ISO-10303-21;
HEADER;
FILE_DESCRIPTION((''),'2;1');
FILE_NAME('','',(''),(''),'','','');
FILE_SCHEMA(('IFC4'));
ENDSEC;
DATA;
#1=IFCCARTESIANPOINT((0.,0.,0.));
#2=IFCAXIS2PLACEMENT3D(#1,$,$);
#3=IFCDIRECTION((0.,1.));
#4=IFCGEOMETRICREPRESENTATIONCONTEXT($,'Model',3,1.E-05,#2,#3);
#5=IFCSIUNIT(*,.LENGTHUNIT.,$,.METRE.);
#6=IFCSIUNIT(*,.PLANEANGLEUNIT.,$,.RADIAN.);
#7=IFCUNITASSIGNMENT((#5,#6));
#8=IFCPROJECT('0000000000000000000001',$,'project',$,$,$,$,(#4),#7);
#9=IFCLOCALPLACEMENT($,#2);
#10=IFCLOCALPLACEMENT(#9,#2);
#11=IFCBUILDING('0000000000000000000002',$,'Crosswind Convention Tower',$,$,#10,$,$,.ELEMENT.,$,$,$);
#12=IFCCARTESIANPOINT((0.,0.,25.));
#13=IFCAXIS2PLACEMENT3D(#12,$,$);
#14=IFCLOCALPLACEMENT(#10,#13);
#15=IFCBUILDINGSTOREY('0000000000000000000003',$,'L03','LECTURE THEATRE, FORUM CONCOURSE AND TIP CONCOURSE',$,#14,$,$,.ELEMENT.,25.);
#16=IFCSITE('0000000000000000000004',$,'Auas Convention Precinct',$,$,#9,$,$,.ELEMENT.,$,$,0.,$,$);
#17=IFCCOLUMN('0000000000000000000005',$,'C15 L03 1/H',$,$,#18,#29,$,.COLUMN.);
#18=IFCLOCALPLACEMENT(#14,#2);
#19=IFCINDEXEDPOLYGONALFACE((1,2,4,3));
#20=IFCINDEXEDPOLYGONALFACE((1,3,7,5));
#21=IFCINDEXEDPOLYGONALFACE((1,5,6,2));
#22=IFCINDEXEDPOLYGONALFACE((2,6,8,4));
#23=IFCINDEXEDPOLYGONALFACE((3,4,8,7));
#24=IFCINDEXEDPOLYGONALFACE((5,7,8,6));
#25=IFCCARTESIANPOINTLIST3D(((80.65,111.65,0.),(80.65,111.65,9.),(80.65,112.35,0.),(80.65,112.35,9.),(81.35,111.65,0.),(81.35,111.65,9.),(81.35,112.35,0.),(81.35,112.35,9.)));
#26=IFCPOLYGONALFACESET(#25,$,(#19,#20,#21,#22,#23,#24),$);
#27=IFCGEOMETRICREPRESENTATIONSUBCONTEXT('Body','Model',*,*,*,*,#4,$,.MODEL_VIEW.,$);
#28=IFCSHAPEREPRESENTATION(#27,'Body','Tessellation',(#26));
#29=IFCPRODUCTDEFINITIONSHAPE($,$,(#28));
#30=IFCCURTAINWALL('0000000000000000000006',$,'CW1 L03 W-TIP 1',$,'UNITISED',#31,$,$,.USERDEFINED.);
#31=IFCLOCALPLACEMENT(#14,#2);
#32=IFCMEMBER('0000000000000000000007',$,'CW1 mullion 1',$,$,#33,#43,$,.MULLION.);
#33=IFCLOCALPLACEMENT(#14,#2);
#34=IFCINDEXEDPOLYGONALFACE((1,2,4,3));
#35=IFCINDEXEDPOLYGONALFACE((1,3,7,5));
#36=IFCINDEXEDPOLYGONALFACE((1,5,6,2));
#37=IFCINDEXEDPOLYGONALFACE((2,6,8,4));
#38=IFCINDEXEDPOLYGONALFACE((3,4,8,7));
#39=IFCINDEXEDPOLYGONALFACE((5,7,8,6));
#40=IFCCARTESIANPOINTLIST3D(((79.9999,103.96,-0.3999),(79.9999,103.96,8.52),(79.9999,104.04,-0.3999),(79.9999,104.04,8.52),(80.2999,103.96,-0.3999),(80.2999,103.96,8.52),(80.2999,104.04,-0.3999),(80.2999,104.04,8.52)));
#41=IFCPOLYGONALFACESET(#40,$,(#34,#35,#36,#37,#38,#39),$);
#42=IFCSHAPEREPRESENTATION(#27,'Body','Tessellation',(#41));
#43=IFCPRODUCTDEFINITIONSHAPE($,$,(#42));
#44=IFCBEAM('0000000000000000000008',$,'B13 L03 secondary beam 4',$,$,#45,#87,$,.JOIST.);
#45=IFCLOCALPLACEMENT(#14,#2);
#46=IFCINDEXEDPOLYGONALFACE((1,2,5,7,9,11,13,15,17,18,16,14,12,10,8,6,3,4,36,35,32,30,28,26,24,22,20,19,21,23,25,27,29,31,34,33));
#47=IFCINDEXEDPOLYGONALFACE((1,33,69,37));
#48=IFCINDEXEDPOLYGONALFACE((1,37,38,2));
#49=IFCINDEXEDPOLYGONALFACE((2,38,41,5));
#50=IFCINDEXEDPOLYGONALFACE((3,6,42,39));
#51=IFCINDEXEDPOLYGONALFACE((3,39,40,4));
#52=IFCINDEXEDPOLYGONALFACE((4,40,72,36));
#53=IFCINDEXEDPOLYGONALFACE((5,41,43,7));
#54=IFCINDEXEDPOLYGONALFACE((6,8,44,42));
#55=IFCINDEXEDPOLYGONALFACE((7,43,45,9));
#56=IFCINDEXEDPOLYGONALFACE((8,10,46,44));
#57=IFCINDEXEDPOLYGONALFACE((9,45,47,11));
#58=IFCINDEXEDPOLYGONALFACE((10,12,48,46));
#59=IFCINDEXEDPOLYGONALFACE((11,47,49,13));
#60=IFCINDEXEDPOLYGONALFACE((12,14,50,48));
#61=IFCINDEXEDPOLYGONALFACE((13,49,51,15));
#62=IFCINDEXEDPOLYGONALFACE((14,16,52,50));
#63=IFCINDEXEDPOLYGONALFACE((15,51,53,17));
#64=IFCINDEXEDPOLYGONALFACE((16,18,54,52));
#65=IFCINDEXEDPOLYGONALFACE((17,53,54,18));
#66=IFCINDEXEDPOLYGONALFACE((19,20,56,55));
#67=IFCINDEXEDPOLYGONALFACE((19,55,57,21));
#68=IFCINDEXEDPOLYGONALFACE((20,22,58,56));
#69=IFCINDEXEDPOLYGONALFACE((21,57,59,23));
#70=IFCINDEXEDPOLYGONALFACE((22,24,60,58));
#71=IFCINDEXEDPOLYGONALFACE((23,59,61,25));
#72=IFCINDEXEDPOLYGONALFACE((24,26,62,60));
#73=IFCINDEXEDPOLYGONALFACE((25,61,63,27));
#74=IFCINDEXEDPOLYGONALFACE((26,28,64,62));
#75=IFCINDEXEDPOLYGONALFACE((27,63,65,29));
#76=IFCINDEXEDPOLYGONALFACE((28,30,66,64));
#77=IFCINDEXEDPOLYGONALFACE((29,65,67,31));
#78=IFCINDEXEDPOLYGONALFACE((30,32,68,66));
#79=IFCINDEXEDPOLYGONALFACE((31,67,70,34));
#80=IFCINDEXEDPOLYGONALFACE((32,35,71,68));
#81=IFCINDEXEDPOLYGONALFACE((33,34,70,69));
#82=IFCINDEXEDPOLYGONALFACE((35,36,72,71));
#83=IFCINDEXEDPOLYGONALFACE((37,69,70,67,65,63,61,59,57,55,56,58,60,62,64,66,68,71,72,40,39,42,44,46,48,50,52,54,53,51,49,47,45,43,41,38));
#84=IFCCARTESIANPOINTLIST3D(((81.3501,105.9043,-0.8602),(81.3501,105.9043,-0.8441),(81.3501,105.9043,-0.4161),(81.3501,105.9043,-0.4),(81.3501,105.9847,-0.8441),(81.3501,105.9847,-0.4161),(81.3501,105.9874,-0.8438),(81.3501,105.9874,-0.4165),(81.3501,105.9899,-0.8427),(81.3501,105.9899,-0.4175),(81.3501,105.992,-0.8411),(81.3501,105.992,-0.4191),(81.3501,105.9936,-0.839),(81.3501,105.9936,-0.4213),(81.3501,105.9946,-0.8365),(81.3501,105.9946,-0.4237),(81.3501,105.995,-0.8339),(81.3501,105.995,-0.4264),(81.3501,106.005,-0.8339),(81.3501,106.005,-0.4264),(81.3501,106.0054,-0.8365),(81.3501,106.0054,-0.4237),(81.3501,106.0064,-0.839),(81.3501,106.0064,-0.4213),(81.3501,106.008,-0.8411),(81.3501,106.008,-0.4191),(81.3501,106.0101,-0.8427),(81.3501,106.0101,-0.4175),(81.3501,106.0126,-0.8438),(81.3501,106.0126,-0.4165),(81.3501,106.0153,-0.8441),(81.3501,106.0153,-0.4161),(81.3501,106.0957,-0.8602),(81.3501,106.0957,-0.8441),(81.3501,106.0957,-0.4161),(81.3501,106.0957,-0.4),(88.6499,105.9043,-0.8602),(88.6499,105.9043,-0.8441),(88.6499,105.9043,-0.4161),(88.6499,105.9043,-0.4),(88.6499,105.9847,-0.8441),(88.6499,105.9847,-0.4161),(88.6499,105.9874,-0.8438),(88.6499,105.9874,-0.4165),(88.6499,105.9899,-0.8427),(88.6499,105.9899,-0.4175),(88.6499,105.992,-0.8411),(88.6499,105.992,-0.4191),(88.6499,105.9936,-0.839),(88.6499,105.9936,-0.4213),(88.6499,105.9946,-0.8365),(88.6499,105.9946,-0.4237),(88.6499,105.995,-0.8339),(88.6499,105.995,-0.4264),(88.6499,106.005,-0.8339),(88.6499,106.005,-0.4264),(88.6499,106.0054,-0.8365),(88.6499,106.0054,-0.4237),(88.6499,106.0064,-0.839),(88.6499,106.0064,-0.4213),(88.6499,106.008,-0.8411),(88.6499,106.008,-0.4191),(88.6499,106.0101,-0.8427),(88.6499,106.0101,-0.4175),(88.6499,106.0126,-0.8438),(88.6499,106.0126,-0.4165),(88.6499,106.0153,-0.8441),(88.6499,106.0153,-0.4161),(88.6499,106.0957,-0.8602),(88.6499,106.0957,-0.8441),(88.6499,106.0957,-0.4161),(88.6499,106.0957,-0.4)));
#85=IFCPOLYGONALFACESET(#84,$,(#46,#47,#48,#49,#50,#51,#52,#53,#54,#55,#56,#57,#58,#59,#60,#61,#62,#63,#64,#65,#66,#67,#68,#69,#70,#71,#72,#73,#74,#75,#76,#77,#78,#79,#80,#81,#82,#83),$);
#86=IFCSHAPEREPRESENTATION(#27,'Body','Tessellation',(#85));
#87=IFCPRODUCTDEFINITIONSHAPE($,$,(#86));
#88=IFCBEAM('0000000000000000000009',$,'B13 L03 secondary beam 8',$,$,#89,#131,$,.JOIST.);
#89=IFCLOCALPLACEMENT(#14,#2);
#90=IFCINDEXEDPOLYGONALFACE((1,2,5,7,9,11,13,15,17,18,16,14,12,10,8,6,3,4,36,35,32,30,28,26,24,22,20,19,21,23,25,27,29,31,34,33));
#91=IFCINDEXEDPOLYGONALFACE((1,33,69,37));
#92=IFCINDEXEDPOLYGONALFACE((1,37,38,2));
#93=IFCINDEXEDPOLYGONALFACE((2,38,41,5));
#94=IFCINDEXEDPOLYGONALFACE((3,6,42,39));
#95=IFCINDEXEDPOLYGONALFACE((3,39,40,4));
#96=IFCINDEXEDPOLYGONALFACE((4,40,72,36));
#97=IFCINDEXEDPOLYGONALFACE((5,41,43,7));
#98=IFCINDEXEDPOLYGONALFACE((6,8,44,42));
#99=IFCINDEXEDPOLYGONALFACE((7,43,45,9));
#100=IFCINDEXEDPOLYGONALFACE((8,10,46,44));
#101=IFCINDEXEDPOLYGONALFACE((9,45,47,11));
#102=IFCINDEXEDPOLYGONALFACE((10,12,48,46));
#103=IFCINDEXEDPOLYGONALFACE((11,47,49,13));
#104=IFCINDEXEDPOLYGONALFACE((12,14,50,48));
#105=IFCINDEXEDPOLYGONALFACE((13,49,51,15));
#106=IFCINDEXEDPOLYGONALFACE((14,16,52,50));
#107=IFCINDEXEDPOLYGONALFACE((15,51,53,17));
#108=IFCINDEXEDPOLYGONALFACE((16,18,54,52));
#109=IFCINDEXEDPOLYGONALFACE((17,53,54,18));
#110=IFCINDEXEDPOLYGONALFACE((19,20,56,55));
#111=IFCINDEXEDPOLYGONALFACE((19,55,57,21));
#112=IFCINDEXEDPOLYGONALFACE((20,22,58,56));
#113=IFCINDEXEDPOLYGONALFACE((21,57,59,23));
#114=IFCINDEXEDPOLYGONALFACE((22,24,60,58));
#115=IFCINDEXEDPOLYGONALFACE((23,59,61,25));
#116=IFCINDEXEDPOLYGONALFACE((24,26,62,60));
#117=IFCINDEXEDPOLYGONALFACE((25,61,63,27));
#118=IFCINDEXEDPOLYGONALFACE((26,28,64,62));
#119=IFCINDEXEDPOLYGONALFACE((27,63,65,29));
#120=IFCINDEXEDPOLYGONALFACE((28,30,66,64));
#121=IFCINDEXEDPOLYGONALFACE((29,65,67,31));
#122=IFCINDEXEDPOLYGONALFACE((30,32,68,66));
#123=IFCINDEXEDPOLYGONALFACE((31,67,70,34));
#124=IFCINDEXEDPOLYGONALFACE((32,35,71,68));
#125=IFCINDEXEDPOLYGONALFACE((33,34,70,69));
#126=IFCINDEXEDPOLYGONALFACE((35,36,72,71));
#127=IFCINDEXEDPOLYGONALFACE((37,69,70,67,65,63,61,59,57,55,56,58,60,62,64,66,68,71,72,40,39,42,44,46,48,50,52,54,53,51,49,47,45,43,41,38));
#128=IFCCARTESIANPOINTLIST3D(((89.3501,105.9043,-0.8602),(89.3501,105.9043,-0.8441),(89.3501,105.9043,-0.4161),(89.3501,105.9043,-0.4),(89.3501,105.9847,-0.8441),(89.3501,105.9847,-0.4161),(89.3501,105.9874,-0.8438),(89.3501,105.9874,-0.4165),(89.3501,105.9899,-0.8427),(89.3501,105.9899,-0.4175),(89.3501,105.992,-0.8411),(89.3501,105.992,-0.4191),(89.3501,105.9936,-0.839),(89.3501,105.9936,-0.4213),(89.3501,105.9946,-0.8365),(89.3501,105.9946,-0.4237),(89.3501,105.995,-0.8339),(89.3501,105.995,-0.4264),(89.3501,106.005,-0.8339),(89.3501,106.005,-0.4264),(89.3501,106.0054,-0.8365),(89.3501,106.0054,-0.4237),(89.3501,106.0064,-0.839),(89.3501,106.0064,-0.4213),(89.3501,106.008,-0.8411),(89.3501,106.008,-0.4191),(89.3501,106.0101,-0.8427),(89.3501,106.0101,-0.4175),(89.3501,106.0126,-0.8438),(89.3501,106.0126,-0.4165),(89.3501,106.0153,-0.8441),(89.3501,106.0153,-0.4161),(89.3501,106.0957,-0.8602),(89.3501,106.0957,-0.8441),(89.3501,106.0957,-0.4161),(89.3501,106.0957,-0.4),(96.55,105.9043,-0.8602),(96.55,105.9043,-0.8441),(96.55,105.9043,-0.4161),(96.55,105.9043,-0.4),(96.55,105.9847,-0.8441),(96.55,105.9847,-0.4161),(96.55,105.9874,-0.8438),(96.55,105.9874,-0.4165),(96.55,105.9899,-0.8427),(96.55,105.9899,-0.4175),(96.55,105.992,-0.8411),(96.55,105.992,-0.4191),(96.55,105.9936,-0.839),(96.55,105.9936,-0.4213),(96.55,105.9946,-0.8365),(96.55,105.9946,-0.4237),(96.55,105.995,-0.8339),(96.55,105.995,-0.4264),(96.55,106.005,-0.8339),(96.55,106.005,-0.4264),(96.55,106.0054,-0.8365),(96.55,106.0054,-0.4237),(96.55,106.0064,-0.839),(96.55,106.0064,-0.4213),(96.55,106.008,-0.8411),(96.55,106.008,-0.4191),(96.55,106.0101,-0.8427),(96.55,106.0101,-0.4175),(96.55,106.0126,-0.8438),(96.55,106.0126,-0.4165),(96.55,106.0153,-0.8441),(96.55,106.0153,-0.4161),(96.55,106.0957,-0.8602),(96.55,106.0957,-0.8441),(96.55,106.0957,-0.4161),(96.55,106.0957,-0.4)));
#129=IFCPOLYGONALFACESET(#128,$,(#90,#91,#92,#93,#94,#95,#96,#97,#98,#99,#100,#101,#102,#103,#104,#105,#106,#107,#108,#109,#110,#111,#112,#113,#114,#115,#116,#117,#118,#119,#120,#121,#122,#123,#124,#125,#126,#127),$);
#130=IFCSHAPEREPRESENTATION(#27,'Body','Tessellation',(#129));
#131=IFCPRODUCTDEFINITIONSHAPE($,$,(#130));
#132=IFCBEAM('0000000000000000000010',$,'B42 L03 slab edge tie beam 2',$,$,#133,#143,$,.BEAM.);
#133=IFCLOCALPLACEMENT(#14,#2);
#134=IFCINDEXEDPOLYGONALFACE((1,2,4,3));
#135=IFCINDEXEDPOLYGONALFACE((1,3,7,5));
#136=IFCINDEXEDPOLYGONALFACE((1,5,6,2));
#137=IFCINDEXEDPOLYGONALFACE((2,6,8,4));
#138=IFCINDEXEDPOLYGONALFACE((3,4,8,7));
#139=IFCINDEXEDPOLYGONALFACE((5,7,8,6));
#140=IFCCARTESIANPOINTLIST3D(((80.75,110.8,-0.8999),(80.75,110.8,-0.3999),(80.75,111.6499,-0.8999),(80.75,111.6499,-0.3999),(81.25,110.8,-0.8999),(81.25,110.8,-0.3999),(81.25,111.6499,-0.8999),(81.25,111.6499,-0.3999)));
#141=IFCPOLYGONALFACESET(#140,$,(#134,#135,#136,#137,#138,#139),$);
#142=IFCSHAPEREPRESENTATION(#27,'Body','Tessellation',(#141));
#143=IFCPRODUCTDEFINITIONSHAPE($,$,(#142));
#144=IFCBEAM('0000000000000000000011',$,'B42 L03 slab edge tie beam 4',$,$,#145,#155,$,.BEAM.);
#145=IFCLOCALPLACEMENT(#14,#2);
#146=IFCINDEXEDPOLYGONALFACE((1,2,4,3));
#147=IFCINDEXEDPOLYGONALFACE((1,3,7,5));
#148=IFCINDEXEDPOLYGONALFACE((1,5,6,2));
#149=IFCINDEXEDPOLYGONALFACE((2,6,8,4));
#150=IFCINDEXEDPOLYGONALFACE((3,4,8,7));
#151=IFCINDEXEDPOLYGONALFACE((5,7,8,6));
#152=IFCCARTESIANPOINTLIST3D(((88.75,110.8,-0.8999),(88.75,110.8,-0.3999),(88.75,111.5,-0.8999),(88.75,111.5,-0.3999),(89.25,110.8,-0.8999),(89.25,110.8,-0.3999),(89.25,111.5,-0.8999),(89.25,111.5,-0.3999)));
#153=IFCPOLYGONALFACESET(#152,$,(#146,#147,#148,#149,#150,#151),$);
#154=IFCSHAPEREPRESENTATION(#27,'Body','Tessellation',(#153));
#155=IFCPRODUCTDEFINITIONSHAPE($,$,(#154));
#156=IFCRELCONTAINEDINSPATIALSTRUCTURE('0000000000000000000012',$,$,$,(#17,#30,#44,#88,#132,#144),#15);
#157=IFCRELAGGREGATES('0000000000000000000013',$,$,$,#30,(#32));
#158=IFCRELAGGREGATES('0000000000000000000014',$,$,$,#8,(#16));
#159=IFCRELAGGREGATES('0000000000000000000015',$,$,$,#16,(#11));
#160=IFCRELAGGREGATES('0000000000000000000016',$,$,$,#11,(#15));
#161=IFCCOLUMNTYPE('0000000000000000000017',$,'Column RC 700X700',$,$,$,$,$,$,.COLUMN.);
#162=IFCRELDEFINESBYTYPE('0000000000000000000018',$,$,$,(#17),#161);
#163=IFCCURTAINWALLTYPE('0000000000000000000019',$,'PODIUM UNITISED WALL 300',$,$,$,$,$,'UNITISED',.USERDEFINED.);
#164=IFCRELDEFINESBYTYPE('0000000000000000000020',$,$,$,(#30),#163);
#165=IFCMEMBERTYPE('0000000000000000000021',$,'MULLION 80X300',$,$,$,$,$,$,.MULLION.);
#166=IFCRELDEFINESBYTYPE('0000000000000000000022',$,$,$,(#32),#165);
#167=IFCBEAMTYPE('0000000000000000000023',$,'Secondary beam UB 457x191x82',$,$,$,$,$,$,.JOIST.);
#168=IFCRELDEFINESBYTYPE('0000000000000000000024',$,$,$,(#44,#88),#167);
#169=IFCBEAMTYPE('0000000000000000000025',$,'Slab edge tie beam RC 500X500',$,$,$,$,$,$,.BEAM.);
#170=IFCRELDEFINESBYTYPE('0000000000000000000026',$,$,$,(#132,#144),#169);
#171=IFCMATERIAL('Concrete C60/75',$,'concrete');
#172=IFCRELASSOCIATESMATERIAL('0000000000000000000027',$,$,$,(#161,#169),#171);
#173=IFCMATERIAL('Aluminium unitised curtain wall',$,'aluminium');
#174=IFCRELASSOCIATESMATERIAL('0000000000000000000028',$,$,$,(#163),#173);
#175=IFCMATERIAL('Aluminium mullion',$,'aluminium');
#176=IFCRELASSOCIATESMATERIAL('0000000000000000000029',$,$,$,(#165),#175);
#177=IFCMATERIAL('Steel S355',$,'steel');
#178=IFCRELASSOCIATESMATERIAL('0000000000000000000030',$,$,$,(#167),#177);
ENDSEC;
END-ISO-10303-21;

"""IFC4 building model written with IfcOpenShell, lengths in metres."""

from ifc_helpers import new_model, si_unit, direction, frame, origin, origin_2d, place, context, subcontext, project, spatial, rectangle, i_section, extrude, material, material_profile, profile_set, type_object, element, aggregate, save


model = new_model("IFC4")

# Units and contexts
model_context = context("Model", 3, precision=1e-05, world=origin(), true_north=direction((0.0, 1.0)))
body_context = subcontext(model_context, "Body", "Model", "MODEL_VIEW")
ifc_project = project(units=[si_unit("LENGTHUNIT", "METRE"), si_unit("PLANEANGLEUNIT", "RADIAN")], contexts=[model_context])

# Site, building, storey
site_placement = place(None, origin())
site = spatial("IfcSite", under=ifc_project, at=site_placement, Name="Auas Convention Precinct", CompositionType="ELEMENT", RefElevation=0.0)
building_placement = place(site_placement, origin())
building = spatial("IfcBuilding", under=site, at=building_placement, Name="Crosswind Convention Tower", CompositionType="ELEMENT")
storey_placement = place(building_placement, frame((0.0, 0.0, 25.0)))
storey = spatial("IfcBuildingStorey", under=building, at=storey_placement, Name="L03", Description="LECTURE THEATRE, FORUM CONCOURSE AND TIP CONCOURSE", CompositionType="ELEMENT", Elevation=25.0)

# Column
ifc_material_1 = material(Name="Concrete C60/75", Category="concrete")
ifc_material_profile_1 = material_profile(ifc_material_1, rectangle(XDim=0.7, YDim=0.7, at=origin_2d()), Name="RC 700X700")
ifc_profile_set_1 = profile_set([ifc_material_profile_1], Name="Concrete C60/75")
column_type = type_object("IfcColumnType", Name="Column RC 700X700", PredefinedType="COLUMN", material=ifc_profile_set_1)
column_placement = place(storey_placement, frame((81.0, 112.0, 0.0), z_axis=(0.0, 0.0, 1.0), x_axis=(1.0, 0.0, 0.0)))
element("IfcColumn", 1, at=column_placement, inside=storey, type_object=column_type, Name="C15 L03 1/H", PredefinedType="COLUMN", context=body_context, shape_type="SweptSolid", body=[
    extrude(rectangle(XDim=0.7, YDim=0.7, at=origin_2d()), origin(), (0.0, 0.0, 1.0), 9.0),
])

# Curtain wall, member
ifc_material_2 = material(Name="Aluminium unitised curtain wall", Category="aluminium")
curtain_wall_type = type_object("IfcCurtainWallType", Name="PODIUM UNITISED WALL 300", ElementType="UNITISED", PredefinedType="USERDEFINED", material=ifc_material_2)
curtain_wall_placement = place(storey_placement, origin())
curtain_wall = element("IfcCurtainWall", 2, at=curtain_wall_placement, inside=storey, type_object=curtain_wall_type, Name="CW1 L03 W-TIP 1", ObjectType="UNITISED", PredefinedType="USERDEFINED")
ifc_material_3 = material(Name="Aluminium mullion", Category="aluminium")
ifc_material_profile_2 = material_profile(ifc_material_3, rectangle(XDim=0.3, YDim=0.0801, at=origin_2d()), Name="AL 300X80")
ifc_profile_set_2 = profile_set([ifc_material_profile_2], Name="Aluminium mullion")
member_type = type_object("IfcMemberType", Name="MULLION 80X300", PredefinedType="MULLION", material=ifc_profile_set_2)
member_placement = place(storey_placement, frame((80.1499, 104.0, -0.3999), z_axis=(0.0, 0.0, 1.0), x_axis=(-1.0, 0.0, 0.0)))
member = element("IfcMember", 3, at=member_placement, type_object=member_type, Name="CW1 mullion 1", PredefinedType="MULLION", context=body_context, shape_type="SweptSolid", body=[
    extrude(rectangle(XDim=0.3, YDim=0.0801, at=origin_2d()), origin(), (0.0, 0.0, 1.0), 8.9199),
])
aggregate(curtain_wall, [member])

# Beams
ifc_material_4 = material(Name="Steel S355", Category="steel")
ifc_material_profile_3 = material_profile(ifc_material_4, i_section(OverallWidth=0.1914, OverallDepth=0.4602, WebThickness=0.01, FlangeThickness=0.0161, FilletRadius=0.0103, at=origin_2d()), Name="UB 457x191x82")
ifc_profile_set_3 = profile_set([ifc_material_profile_3], Name="Steel S355")
beam_type_1 = type_object("IfcBeamType", Name="Secondary beam UB 457x191x82", PredefinedType="JOIST", material=ifc_profile_set_3)
beam_1_placement = place(storey_placement, frame((81.3501, 106.0, -0.6301), z_axis=(1.0, 0.0, 0.0), x_axis=(0.0, 1.0, 0.0)))
element("IfcBeam", 4, at=beam_1_placement, inside=storey, type_object=beam_type_1, Name="B13 L03 secondary beam 4", PredefinedType="JOIST", context=body_context, shape_type="SweptSolid", body=[
    extrude(i_section(OverallWidth=0.1914, OverallDepth=0.4602, WebThickness=0.01, FlangeThickness=0.0161, FilletRadius=0.0103, at=origin_2d()), origin(), (0.0, 0.0, 1.0), 7.2998),
])
beam_2_placement = place(storey_placement, frame((89.3501, 106.0, -0.6301), z_axis=(1.0, 0.0, 0.0), x_axis=(0.0, 1.0, 0.0)))
element("IfcBeam", 5, at=beam_2_placement, inside=storey, type_object=beam_type_1, Name="B13 L03 secondary beam 8", PredefinedType="JOIST", context=body_context, shape_type="SweptSolid", body=[
    extrude(i_section(OverallWidth=0.1914, OverallDepth=0.4602, WebThickness=0.01, FlangeThickness=0.0161, FilletRadius=0.0103, at=origin_2d()), origin(), (0.0, 0.0, 1.0), 7.2),
])
ifc_material_profile_4 = material_profile(ifc_material_1, rectangle(XDim=0.5, YDim=0.5, at=origin_2d()), Name="RC 500X500")
ifc_profile_set_4 = profile_set([ifc_material_profile_4], Name="Concrete C60/75")
beam_type_2 = type_object("IfcBeamType", Name="Slab edge tie beam RC 500X500", PredefinedType="BEAM", material=ifc_profile_set_4)
beam_3_placement = place(storey_placement, frame((81.0, 110.8, -0.6499), z_axis=(0.0, 1.0, 0.0), x_axis=(-1.0, 0.0, 0.0)))
element("IfcBeam", 6, at=beam_3_placement, inside=storey, type_object=beam_type_2, Name="B42 L03 slab edge tie beam 2", PredefinedType="BEAM", context=body_context, shape_type="SweptSolid", body=[
    extrude(rectangle(XDim=0.5, YDim=0.5, at=origin_2d()), origin(), (0.0, 0.0, 1.0), 0.8499),
])
beam_4_placement = place(storey_placement, frame((89.0, 110.8, -0.6499), z_axis=(0.0, 1.0, 0.0), x_axis=(-1.0, 0.0, 0.0)))
element("IfcBeam", 7, at=beam_4_placement, inside=storey, type_object=beam_type_2, Name="B42 L03 slab edge tie beam 4", PredefinedType="BEAM", context=body_context, shape_type="SweptSolid", body=[
    extrude(rectangle(XDim=0.5, YDim=0.5, at=origin_2d()), origin(), (0.0, 0.0, 1.0), 0.7),
])

save(model, "model.ifc")
